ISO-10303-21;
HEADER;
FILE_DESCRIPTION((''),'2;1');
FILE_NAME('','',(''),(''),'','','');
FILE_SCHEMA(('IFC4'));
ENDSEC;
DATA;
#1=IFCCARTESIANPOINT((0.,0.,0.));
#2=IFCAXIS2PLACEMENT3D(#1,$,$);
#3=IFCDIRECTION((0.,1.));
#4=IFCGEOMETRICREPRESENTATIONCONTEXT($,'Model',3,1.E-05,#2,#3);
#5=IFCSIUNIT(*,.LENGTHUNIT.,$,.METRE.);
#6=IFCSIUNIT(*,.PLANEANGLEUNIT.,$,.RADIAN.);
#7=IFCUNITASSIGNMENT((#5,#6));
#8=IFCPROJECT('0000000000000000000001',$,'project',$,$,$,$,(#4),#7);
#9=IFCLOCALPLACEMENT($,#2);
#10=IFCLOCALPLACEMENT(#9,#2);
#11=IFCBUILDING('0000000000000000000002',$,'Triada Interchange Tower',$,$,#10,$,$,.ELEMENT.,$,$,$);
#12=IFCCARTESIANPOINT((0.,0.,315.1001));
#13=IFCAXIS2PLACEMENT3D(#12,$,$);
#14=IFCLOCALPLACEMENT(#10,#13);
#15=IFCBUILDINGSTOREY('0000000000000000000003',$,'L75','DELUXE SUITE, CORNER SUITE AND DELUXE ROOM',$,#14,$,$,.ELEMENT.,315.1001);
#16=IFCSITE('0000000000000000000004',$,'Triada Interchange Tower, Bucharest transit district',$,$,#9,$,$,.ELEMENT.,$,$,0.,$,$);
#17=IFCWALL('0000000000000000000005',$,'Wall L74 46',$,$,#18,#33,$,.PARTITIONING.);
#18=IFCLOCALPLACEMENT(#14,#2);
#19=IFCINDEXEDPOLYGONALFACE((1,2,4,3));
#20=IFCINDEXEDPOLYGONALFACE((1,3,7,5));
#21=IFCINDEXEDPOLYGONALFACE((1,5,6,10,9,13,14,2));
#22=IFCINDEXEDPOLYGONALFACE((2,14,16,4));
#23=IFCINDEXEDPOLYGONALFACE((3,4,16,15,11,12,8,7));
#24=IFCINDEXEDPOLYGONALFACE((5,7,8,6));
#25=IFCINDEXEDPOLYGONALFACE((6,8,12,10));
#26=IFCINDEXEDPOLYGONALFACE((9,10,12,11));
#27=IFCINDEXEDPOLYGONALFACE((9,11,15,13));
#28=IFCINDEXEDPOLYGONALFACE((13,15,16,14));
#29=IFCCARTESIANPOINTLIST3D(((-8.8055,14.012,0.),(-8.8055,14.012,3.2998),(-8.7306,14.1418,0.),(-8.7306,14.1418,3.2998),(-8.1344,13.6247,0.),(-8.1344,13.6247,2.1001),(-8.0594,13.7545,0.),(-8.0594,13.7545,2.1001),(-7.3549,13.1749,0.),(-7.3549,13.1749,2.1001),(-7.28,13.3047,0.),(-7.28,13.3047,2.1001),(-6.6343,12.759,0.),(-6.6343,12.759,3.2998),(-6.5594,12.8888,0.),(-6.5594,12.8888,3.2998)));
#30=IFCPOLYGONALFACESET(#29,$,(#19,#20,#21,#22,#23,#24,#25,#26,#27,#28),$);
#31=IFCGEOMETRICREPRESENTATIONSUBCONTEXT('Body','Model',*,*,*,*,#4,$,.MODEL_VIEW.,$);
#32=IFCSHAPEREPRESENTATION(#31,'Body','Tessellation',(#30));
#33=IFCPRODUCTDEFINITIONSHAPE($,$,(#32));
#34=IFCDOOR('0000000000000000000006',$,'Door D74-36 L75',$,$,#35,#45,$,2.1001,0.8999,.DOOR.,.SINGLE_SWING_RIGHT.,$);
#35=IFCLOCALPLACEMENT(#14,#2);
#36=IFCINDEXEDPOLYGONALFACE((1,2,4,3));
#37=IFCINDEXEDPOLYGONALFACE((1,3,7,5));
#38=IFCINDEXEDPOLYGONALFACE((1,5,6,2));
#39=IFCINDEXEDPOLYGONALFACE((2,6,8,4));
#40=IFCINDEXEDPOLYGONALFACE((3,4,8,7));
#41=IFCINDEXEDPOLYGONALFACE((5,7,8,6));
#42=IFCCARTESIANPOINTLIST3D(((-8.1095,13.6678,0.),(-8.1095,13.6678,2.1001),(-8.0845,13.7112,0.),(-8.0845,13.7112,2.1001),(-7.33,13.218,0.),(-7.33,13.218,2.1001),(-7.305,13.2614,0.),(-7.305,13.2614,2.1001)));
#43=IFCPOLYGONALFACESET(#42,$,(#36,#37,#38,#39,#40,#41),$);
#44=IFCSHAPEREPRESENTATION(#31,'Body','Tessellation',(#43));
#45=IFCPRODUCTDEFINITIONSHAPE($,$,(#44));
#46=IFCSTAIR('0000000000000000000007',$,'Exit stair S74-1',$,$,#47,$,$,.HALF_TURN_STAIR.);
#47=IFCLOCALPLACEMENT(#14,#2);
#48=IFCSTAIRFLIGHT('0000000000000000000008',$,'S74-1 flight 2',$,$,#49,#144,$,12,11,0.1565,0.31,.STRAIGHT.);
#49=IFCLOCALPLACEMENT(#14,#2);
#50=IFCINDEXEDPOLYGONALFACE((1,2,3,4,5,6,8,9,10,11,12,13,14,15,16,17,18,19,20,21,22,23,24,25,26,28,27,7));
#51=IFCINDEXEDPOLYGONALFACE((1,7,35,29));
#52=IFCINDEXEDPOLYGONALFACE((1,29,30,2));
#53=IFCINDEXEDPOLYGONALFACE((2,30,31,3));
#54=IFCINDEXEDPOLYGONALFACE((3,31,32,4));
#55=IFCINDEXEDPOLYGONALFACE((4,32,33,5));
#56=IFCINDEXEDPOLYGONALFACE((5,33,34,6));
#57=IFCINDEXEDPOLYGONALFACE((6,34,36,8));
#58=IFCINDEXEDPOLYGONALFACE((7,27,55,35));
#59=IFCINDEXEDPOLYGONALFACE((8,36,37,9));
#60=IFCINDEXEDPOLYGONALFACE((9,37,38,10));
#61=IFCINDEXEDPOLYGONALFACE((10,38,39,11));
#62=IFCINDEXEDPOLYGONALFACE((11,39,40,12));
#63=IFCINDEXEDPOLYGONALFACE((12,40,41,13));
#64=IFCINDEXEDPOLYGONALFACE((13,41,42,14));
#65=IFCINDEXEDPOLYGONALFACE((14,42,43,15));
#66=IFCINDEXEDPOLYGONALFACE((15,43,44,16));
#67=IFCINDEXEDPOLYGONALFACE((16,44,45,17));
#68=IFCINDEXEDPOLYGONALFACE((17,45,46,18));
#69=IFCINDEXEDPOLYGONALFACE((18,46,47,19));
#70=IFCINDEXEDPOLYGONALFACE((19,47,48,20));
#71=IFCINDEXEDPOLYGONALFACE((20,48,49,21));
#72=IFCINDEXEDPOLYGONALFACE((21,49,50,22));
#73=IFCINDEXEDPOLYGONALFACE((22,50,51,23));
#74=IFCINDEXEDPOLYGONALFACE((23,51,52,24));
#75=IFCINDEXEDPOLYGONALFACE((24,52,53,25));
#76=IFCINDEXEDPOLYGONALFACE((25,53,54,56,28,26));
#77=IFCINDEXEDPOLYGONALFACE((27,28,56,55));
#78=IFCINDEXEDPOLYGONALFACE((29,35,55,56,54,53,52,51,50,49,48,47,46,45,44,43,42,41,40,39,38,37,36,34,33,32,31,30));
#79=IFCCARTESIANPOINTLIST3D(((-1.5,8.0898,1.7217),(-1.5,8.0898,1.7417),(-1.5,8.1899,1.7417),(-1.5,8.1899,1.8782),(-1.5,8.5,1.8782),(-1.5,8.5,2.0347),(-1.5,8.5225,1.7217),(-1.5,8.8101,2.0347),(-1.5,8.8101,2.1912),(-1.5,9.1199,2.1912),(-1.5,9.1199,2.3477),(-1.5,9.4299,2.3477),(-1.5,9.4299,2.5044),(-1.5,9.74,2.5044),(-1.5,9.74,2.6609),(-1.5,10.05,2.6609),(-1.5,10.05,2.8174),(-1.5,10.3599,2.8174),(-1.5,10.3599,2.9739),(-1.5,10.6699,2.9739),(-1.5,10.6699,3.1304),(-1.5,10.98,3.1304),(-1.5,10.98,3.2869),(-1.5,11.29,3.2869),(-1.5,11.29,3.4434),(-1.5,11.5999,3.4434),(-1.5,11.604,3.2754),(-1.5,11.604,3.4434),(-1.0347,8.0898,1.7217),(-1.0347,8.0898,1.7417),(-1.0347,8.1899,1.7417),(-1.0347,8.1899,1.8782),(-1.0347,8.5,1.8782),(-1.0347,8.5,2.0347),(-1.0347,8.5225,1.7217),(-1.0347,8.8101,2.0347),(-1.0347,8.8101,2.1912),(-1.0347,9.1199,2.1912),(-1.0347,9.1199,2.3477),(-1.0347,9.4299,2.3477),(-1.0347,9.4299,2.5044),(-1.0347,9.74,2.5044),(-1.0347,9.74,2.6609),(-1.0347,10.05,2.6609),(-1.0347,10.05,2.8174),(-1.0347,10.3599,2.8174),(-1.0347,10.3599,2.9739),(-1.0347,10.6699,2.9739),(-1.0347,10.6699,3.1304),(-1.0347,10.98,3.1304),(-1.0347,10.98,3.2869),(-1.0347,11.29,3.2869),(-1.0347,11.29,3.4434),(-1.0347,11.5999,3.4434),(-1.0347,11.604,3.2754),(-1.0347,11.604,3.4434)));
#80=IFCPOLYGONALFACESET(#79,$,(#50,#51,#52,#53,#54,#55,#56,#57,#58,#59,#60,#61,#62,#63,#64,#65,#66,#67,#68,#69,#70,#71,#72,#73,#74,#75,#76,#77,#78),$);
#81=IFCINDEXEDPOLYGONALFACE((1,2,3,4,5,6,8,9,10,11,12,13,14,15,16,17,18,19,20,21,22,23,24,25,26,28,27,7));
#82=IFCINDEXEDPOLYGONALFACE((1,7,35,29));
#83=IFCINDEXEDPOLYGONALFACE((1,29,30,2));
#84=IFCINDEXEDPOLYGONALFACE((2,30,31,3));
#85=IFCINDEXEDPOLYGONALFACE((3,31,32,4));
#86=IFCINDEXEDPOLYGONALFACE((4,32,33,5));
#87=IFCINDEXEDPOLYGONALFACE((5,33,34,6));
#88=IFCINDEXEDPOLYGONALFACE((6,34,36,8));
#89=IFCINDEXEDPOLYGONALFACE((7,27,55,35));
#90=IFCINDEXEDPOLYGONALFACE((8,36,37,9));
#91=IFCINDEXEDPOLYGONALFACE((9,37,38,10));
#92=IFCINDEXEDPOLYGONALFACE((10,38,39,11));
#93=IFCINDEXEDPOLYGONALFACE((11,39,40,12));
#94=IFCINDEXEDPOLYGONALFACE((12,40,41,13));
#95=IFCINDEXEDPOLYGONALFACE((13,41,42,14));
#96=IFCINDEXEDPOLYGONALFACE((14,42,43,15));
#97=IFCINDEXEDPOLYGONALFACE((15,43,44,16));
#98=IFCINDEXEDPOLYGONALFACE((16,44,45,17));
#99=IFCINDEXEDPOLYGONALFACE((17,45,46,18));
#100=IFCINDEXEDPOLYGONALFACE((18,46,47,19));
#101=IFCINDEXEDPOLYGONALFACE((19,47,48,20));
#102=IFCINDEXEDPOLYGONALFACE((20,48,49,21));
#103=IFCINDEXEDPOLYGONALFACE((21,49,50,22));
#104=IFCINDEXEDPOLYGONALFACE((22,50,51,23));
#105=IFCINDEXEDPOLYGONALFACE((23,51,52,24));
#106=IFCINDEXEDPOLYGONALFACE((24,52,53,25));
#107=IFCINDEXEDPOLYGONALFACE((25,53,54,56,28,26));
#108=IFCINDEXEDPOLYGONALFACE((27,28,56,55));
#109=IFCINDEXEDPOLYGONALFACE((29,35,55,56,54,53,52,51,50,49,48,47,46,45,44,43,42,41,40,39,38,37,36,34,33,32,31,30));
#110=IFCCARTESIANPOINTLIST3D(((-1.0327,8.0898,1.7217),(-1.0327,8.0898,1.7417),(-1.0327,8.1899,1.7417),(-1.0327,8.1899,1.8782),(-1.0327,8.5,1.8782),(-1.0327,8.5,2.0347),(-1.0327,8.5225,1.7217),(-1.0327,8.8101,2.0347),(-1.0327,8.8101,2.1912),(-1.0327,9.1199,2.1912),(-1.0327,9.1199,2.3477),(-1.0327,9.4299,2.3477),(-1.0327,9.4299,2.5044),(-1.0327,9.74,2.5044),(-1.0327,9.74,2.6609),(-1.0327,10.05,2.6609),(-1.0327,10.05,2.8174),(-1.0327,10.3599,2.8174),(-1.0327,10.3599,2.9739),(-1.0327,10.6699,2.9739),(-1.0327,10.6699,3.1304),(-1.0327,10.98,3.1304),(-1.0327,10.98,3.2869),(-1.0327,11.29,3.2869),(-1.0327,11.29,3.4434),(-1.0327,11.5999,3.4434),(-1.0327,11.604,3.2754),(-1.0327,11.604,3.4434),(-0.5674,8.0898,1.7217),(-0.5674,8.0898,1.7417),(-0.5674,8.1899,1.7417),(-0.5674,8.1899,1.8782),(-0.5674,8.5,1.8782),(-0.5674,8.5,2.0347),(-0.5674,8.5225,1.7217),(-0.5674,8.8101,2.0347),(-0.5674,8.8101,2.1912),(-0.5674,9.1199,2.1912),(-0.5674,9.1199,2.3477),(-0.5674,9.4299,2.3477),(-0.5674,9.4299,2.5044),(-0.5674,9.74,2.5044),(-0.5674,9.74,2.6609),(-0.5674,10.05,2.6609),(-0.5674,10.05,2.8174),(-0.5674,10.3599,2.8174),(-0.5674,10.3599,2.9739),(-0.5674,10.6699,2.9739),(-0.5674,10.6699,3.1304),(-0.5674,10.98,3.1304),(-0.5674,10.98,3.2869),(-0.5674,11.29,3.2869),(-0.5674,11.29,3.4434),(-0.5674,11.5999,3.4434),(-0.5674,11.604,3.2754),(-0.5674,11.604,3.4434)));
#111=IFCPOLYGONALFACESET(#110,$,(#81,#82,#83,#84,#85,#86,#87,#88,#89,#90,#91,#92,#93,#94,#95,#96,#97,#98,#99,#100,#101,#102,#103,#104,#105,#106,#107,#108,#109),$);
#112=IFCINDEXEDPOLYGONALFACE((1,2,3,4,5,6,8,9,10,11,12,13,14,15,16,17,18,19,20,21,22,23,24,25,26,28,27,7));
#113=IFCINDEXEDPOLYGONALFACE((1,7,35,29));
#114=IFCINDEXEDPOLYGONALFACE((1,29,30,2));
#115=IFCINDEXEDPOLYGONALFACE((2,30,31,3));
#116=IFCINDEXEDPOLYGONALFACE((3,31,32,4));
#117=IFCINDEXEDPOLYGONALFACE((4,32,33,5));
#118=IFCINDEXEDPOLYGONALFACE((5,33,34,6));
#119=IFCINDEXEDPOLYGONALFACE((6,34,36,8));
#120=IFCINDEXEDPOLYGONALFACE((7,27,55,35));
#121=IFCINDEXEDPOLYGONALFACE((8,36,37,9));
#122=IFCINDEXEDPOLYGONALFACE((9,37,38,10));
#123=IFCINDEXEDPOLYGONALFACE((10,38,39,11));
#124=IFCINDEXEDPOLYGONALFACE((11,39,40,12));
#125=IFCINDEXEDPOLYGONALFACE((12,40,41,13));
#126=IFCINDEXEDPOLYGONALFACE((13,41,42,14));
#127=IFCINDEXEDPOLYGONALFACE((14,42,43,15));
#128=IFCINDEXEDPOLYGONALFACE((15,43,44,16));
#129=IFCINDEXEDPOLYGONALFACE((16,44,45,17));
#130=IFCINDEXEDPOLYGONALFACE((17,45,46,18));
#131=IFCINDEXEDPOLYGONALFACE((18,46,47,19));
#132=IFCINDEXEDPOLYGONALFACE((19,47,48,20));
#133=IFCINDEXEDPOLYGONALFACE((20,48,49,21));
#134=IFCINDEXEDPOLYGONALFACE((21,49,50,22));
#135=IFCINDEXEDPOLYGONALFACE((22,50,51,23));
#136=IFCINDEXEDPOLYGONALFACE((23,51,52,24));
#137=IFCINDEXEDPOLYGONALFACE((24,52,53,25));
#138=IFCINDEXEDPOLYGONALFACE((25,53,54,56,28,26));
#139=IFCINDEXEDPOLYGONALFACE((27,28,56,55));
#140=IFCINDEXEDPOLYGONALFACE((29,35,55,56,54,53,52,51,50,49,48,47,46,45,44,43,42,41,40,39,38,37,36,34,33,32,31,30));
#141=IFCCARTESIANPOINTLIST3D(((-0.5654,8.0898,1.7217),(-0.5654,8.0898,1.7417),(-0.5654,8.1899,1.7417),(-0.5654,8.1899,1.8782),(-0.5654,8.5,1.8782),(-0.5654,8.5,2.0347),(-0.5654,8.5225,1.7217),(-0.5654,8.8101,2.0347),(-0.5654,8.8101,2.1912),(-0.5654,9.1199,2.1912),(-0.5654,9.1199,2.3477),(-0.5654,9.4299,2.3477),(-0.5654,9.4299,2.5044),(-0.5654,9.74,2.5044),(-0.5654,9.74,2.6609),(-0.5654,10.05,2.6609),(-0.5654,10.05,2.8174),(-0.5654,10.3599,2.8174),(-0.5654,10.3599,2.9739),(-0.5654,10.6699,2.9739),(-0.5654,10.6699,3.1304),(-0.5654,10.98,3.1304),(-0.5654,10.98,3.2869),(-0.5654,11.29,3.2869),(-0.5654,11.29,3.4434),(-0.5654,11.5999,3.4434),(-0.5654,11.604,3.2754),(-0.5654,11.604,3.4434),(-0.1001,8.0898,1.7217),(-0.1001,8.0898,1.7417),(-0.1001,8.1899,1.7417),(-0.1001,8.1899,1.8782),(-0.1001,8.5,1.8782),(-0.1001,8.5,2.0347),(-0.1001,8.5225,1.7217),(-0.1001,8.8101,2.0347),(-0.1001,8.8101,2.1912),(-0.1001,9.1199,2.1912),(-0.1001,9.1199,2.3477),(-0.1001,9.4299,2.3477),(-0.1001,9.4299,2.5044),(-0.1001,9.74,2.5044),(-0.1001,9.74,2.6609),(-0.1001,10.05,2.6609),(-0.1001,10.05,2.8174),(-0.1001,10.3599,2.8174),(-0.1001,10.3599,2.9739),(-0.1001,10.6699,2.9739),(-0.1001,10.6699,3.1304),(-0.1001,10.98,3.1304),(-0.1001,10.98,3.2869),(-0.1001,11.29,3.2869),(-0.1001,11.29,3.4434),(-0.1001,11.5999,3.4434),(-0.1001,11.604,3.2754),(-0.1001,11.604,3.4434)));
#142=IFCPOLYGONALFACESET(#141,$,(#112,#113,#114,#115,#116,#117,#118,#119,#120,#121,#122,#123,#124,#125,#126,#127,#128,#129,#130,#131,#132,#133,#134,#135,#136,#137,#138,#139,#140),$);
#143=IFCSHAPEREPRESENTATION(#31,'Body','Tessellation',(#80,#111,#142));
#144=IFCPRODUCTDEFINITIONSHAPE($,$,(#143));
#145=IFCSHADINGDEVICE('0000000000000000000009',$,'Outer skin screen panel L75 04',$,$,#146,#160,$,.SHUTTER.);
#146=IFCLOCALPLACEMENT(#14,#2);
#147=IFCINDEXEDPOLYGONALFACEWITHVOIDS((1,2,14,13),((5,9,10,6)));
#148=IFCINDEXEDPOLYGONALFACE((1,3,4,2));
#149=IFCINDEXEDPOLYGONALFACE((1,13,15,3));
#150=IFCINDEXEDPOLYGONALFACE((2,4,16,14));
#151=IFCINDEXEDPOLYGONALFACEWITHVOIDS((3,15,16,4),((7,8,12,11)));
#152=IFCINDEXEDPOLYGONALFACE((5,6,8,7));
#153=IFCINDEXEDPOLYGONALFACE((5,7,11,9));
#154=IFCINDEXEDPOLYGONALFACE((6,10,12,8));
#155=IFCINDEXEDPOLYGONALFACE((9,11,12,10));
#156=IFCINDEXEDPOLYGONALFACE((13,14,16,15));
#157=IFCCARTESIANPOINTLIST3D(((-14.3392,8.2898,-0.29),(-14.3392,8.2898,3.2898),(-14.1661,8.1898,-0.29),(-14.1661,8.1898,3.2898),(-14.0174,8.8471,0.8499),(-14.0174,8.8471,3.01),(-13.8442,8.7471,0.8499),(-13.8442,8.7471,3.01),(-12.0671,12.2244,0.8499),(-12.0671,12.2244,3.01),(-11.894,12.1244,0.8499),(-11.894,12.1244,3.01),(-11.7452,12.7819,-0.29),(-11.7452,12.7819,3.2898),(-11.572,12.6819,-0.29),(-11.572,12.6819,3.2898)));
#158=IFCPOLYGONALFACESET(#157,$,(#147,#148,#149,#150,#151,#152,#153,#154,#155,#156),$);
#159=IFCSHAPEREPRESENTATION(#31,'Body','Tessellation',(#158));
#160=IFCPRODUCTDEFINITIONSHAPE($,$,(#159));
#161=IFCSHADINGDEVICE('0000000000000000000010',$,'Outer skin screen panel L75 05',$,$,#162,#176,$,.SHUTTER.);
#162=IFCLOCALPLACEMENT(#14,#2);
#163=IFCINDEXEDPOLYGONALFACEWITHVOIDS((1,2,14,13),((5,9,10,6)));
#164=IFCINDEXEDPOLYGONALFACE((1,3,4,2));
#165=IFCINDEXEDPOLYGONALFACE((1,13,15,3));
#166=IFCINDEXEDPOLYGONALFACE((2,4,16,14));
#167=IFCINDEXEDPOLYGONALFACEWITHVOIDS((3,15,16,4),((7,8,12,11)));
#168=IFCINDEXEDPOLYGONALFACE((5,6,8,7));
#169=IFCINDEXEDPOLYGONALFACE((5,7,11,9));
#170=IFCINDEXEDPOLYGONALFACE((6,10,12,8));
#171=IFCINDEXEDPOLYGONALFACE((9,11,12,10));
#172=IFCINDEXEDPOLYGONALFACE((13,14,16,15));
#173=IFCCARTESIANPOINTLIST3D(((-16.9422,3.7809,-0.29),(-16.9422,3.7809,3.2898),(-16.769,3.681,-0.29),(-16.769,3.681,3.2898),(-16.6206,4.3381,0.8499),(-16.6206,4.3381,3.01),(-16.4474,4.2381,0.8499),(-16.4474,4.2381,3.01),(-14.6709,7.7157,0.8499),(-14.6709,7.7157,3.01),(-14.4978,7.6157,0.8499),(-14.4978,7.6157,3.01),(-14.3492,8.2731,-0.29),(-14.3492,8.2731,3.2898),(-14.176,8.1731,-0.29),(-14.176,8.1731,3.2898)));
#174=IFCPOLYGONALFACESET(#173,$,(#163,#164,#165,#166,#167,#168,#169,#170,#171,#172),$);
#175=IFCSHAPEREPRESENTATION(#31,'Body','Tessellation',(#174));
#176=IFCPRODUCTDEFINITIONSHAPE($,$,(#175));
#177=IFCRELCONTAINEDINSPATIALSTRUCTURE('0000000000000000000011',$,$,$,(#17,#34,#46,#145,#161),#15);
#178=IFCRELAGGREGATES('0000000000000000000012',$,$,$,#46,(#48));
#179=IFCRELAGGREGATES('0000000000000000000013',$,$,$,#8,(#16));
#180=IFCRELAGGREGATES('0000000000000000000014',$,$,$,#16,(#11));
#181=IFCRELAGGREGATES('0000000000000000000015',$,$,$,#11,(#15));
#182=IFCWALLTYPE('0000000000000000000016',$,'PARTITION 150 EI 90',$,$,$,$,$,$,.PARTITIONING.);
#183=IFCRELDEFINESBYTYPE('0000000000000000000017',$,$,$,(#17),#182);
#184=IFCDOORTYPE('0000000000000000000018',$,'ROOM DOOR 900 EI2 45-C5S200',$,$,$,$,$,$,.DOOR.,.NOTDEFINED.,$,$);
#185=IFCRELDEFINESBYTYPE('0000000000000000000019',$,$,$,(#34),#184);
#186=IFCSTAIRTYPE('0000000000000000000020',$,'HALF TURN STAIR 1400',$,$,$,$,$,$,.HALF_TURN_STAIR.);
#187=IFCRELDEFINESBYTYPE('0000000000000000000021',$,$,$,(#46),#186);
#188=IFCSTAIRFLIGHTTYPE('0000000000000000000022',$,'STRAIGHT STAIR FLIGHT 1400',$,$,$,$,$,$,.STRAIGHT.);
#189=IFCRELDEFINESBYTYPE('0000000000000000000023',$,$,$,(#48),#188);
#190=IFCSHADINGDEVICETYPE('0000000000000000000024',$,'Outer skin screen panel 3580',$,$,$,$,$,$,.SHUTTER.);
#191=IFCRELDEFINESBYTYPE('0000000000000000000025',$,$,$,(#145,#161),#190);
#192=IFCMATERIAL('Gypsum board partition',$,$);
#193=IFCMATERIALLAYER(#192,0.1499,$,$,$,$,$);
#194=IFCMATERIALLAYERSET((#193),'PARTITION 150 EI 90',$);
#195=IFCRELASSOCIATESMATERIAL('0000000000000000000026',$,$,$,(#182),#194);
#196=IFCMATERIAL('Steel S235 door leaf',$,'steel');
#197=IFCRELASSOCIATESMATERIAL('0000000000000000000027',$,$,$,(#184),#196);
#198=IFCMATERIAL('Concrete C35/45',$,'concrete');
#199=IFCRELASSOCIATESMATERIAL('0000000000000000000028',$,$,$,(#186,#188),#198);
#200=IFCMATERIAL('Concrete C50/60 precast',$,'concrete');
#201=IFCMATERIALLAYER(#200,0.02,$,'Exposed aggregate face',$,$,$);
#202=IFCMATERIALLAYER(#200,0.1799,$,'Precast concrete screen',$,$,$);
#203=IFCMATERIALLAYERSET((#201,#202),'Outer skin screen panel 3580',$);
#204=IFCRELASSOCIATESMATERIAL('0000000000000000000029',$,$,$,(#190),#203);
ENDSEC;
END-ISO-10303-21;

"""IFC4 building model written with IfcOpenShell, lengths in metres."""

from ifc_helpers import new_model, si_unit, direction, frame, frame_2d, origin, place, context, subcontext, project, spatial, polyline, rectangle, outline, extrude, material, layer, layer_set, type_object, element, fill, aggregate, save


model = new_model("IFC4")

# Units and contexts
model_context = context("Model", 3, precision=1e-05, world=origin(), true_north=direction((0.0, 1.0)))
body_context = subcontext(model_context, "Body", "Model", "MODEL_VIEW")
ifc_project = project(units=[si_unit("LENGTHUNIT", "METRE"), si_unit("PLANEANGLEUNIT", "RADIAN")], contexts=[model_context])

# Site, building, storey
site_placement = place(None, origin())
site = spatial("IfcSite", under=ifc_project, at=site_placement, Name="Triada Interchange Tower, Bucharest transit district", CompositionType="ELEMENT", RefElevation=0.0)
building_placement = place(site_placement, origin())
building = spatial("IfcBuilding", under=site, at=building_placement, Name="Triada Interchange Tower", CompositionType="ELEMENT")
storey_placement = place(building_placement, frame((0.0, 0.0, 315.1001)))
storey = spatial("IfcBuildingStorey", under=building, at=storey_placement, Name="L75", Description="DELUXE SUITE, CORNER SUITE AND DELUXE ROOM", CompositionType="ELEMENT", Elevation=315.1001)

# Shared definitions
ifc_material_1 = material(Name="Steel S235 door leaf", Category="steel")

# Shared definitions
ifc_material_2 = material(Name="Gypsum board partition")
ifc_layer_1 = layer(ifc_material_2, 0.1499)
ifc_layer_set_1 = layer_set([ifc_layer_1], Name="PARTITION 150 EI 90")
wall_type_1 = type_object("IfcWallType", Name="PARTITION 150 EI 90", PredefinedType="PARTITIONING", material=ifc_layer_set_1)

# Wall, opening, door
door_type_1 = type_object("IfcDoorType", Name="ROOM DOOR 900 EI2 45-C5S200", OperationType="NOTDEFINED", PredefinedType="DOOR", material=ifc_material_1)
wall_1_placement = place(storey_placement, frame((-8.7681, 14.0769, 0.0), z_axis=(0.0, 0.0, 1.0), x_axis=(0.866126, -0.499826, 0.0)))
wall_1 = element("IfcWall", 1, at=wall_1_placement, inside=storey, type_object=wall_type_1, Name="Wall L74 46", PredefinedType="PARTITIONING", context=body_context, shape_type="SweptSolid", body=[
    extrude(rectangle(XDim=2.5068, YDim=0.1499, at=frame_2d((1.2534, 0.0))), origin(), (0.0, 0.0, 1.0), 3.2998),
])
opening_1_placement = place(wall_1_placement, frame((0.7749, 0.0, 0.0)))
opening_1 = element("IfcOpeningElement", 2, at=opening_1_placement, cuts=wall_1, PredefinedType="OPENING", context=body_context, shape_type="SweptSolid", body=[
    extrude(rectangle(XDim=0.8999, YDim=2.1001, at=frame_2d((0.45, 1.05))), frame((0.0, 0.085, 0.0), z_axis=(0.0, -1.0, 0.0), x_axis=(1.0, 0.0, 0.0)), (0.0, 0.0, 1.0), 0.1699),
])
door_1_placement = place(opening_1_placement, origin())
door_1 = element("IfcDoor", 3, at=door_1_placement, inside=storey, type_object=door_type_1, Name="Door D74-36 L75", OperationType="SINGLE_SWING_RIGHT", OverallHeight=2.1001, OverallWidth=0.8999, PredefinedType="DOOR", context=body_context, shape_type="SweptSolid", body=[
    extrude(rectangle(XDim=0.8999, YDim=2.1001, at=frame_2d((0.45, 1.05))), frame((0.0, 0.0249, 0.0), z_axis=(0.0, -1.0, 0.0), x_axis=(1.0, 0.0, 0.0)), (0.0, 0.0, 1.0), 0.05),
])
fill(opening_1, door_1)

# Stair, stair flight
ifc_material_3 = material(Name="Concrete C35/45", Category="concrete")
stair_type = type_object("IfcStairType", Name="HALF TURN STAIR 1400", PredefinedType="HALF_TURN_STAIR", material=ifc_material_3)
stair_placement = place(storey_placement, origin())
stair = element("IfcStair", 4, at=stair_placement, inside=storey, type_object=stair_type, Name="Exit stair S74-1", PredefinedType="HALF_TURN_STAIR")
stair_flight_type = type_object("IfcStairFlightType", Name="STRAIGHT STAIR FLIGHT 1400", PredefinedType="STRAIGHT", material=ifc_material_3)
stair_flight_placement = place(storey_placement, frame((-0.8, 8.1899, 1.7217), z_axis=(0.0, 0.0, 1.0), x_axis=(0.0, 1.0, 0.0)))
stair_flight = element("IfcStairFlight", 5, at=stair_flight_placement, type_object=stair_flight_type, Name="S74-1 flight 2", NumberOfRisers=12, NumberOfTreads=11, PredefinedType="STRAIGHT", RiserHeight=0.1565, TreadLength=0.31, context=body_context, shape_type="SweptSolid", body=[
    extrude(outline(polyline([(-0.1001, 0.0), (-0.1001, 0.02), (0.0, 0.02), (0.0, 0.1565), (0.3101, 0.1565), (0.3101, 0.313), (0.6201, 0.313), (0.6201, 0.4695), (0.9299, 0.4695), (0.9299, 0.626), (1.24, 0.626), (1.24, 0.7827), (1.55, 0.7827), (1.55, 0.9392), (1.8601, 0.9392), (1.8601, 1.0957), (2.1699, 1.0957), (2.1699, 1.2522), (2.48, 1.2522), (2.48, 1.4087), (2.79, 1.4087), (2.79, 1.5652), (3.1001, 1.5652), (3.1001, 1.7217), (3.4099, 1.7217), (3.4141, 1.7217), (3.4141, 1.8782), (3.4141, 1.5537), (0.3325, 0.0), (-0.1001, 0.0)])), frame((0.0, 0.7, 0.0), z_axis=(0.0, -1.0, 0.0), x_axis=(1.0, 0.0, 0.0)), (0.0, 0.0, 1.0), 0.4653),
    extrude(outline(polyline([(-0.1001, 0.0), (-0.1001, 0.02), (0.0, 0.02), (0.0, 0.1565), (0.3101, 0.1565), (0.3101, 0.313), (0.6201, 0.313), (0.6201, 0.4695), (0.9299, 0.4695), (0.9299, 0.626), (1.24, 0.626), (1.24, 0.7827), (1.55, 0.7827), (1.55, 0.9392), (1.8601, 0.9392), (1.8601, 1.0957), (2.1699, 1.0957), (2.1699, 1.2522), (2.48, 1.2522), (2.48, 1.4087), (2.79, 1.4087), (2.79, 1.5652), (3.1001, 1.5652), (3.1001, 1.7217), (3.4099, 1.7217), (3.4141, 1.7217), (3.4141, 1.8782), (3.4141, 1.5537), (0.3325, 0.0), (-0.1001, 0.0)])), frame((0.0, 0.2327, 0.0), z_axis=(0.0, -1.0, 0.0), x_axis=(1.0, 0.0, 0.0)), (0.0, 0.0, 1.0), 0.4653),
    extrude(outline(polyline([(-0.1001, 0.0), (-0.1001, 0.02), (0.0, 0.02), (0.0, 0.1565), (0.3101, 0.1565), (0.3101, 0.313), (0.6201, 0.313), (0.6201, 0.4695), (0.9299, 0.4695), (0.9299, 0.626), (1.24, 0.626), (1.24, 0.7827), (1.55, 0.7827), (1.55, 0.9392), (1.8601, 0.9392), (1.8601, 1.0957), (2.1699, 1.0957), (2.1699, 1.2522), (2.48, 1.2522), (2.48, 1.4087), (2.79, 1.4087), (2.79, 1.5652), (3.1001, 1.5652), (3.1001, 1.7217), (3.4099, 1.7217), (3.4141, 1.7217), (3.4141, 1.8782), (3.4141, 1.5537), (0.3325, 0.0), (-0.1001, 0.0)])), frame((0.0, -0.2346, 0.0), z_axis=(0.0, -1.0, 0.0), x_axis=(1.0, 0.0, 0.0)), (0.0, 0.0, 1.0), 0.4653),
])

# Shading devices
ifc_material_4 = material(Name="Concrete C50/60 precast", Category="concrete")
ifc_layer_2 = layer(ifc_material_4, 0.02, Name="Exposed aggregate face")
ifc_layer_3 = layer(ifc_material_4, 0.1799, Name="Precast concrete screen")
ifc_layer_set_2 = layer_set([ifc_layer_2, ifc_layer_3], Name="Outer skin screen panel 3580")
shading_device_type = type_object("IfcShadingDeviceType", Name="Outer skin screen panel 3580", PredefinedType="SHUTTER", material=ifc_layer_set_2)
shading_device_1_placement = place(storey_placement, frame((-11.572, 12.6819, -0.29), z_axis=(0.0, 0.0, 1.0), x_axis=(-0.500082, -0.865978, 0.0)))
element("IfcShadingDevice", 6, at=shading_device_1_placement, inside=storey, type_object=shading_device_type, Name="Outer skin screen panel L75 04", PredefinedType="SHUTTER", context=body_context, shape_type="SweptSolid", body=[
    extrude(outline(polyline([(0.0, 0.0), (5.1873, 0.0), (5.1873, 3.5798), (0.0, 3.5798), (0.0, 0.0)]), holes=[polyline([(0.6438, 1.1399), (0.6438, 3.3), (4.5437, 3.3), (4.5437, 1.1399), (0.6438, 1.1399)])]), frame((0.0, 0.0, 0.0), z_axis=(0.0, -1.0, 0.0), x_axis=(1.0, 0.0, 0.0)), (0.0, 0.0, 1.0), 0.2),
])
shading_device_2_placement = place(storey_placement, frame((-14.176, 8.1731, -0.29), z_axis=(0.0, 0.0, 1.0), x_axis=(-0.499921, -0.866071, 0.0)))
element("IfcShadingDevice", 7, at=shading_device_2_placement, inside=storey, type_object=shading_device_type, Name="Outer skin screen panel L75 05", PredefinedType="SHUTTER", context=body_context, shape_type="SweptSolid", body=[
    extrude(outline(polyline([(0.0, 0.0), (5.1868, 0.0), (5.1868, 3.5798), (0.0, 3.5798), (0.0, 0.0)]), holes=[polyline([(0.6436, 1.1399), (0.6436, 3.3), (4.5435, 3.3), (4.5435, 1.1399), (0.6436, 1.1399)])]), frame((0.0, 0.0, 0.0), z_axis=(0.0, -1.0, 0.0), x_axis=(1.0, 0.0, 0.0)), (0.0, 0.0, 1.0), 0.2),
])

aggregate(stair, [stair_flight])

save(model, "model.ifc")
